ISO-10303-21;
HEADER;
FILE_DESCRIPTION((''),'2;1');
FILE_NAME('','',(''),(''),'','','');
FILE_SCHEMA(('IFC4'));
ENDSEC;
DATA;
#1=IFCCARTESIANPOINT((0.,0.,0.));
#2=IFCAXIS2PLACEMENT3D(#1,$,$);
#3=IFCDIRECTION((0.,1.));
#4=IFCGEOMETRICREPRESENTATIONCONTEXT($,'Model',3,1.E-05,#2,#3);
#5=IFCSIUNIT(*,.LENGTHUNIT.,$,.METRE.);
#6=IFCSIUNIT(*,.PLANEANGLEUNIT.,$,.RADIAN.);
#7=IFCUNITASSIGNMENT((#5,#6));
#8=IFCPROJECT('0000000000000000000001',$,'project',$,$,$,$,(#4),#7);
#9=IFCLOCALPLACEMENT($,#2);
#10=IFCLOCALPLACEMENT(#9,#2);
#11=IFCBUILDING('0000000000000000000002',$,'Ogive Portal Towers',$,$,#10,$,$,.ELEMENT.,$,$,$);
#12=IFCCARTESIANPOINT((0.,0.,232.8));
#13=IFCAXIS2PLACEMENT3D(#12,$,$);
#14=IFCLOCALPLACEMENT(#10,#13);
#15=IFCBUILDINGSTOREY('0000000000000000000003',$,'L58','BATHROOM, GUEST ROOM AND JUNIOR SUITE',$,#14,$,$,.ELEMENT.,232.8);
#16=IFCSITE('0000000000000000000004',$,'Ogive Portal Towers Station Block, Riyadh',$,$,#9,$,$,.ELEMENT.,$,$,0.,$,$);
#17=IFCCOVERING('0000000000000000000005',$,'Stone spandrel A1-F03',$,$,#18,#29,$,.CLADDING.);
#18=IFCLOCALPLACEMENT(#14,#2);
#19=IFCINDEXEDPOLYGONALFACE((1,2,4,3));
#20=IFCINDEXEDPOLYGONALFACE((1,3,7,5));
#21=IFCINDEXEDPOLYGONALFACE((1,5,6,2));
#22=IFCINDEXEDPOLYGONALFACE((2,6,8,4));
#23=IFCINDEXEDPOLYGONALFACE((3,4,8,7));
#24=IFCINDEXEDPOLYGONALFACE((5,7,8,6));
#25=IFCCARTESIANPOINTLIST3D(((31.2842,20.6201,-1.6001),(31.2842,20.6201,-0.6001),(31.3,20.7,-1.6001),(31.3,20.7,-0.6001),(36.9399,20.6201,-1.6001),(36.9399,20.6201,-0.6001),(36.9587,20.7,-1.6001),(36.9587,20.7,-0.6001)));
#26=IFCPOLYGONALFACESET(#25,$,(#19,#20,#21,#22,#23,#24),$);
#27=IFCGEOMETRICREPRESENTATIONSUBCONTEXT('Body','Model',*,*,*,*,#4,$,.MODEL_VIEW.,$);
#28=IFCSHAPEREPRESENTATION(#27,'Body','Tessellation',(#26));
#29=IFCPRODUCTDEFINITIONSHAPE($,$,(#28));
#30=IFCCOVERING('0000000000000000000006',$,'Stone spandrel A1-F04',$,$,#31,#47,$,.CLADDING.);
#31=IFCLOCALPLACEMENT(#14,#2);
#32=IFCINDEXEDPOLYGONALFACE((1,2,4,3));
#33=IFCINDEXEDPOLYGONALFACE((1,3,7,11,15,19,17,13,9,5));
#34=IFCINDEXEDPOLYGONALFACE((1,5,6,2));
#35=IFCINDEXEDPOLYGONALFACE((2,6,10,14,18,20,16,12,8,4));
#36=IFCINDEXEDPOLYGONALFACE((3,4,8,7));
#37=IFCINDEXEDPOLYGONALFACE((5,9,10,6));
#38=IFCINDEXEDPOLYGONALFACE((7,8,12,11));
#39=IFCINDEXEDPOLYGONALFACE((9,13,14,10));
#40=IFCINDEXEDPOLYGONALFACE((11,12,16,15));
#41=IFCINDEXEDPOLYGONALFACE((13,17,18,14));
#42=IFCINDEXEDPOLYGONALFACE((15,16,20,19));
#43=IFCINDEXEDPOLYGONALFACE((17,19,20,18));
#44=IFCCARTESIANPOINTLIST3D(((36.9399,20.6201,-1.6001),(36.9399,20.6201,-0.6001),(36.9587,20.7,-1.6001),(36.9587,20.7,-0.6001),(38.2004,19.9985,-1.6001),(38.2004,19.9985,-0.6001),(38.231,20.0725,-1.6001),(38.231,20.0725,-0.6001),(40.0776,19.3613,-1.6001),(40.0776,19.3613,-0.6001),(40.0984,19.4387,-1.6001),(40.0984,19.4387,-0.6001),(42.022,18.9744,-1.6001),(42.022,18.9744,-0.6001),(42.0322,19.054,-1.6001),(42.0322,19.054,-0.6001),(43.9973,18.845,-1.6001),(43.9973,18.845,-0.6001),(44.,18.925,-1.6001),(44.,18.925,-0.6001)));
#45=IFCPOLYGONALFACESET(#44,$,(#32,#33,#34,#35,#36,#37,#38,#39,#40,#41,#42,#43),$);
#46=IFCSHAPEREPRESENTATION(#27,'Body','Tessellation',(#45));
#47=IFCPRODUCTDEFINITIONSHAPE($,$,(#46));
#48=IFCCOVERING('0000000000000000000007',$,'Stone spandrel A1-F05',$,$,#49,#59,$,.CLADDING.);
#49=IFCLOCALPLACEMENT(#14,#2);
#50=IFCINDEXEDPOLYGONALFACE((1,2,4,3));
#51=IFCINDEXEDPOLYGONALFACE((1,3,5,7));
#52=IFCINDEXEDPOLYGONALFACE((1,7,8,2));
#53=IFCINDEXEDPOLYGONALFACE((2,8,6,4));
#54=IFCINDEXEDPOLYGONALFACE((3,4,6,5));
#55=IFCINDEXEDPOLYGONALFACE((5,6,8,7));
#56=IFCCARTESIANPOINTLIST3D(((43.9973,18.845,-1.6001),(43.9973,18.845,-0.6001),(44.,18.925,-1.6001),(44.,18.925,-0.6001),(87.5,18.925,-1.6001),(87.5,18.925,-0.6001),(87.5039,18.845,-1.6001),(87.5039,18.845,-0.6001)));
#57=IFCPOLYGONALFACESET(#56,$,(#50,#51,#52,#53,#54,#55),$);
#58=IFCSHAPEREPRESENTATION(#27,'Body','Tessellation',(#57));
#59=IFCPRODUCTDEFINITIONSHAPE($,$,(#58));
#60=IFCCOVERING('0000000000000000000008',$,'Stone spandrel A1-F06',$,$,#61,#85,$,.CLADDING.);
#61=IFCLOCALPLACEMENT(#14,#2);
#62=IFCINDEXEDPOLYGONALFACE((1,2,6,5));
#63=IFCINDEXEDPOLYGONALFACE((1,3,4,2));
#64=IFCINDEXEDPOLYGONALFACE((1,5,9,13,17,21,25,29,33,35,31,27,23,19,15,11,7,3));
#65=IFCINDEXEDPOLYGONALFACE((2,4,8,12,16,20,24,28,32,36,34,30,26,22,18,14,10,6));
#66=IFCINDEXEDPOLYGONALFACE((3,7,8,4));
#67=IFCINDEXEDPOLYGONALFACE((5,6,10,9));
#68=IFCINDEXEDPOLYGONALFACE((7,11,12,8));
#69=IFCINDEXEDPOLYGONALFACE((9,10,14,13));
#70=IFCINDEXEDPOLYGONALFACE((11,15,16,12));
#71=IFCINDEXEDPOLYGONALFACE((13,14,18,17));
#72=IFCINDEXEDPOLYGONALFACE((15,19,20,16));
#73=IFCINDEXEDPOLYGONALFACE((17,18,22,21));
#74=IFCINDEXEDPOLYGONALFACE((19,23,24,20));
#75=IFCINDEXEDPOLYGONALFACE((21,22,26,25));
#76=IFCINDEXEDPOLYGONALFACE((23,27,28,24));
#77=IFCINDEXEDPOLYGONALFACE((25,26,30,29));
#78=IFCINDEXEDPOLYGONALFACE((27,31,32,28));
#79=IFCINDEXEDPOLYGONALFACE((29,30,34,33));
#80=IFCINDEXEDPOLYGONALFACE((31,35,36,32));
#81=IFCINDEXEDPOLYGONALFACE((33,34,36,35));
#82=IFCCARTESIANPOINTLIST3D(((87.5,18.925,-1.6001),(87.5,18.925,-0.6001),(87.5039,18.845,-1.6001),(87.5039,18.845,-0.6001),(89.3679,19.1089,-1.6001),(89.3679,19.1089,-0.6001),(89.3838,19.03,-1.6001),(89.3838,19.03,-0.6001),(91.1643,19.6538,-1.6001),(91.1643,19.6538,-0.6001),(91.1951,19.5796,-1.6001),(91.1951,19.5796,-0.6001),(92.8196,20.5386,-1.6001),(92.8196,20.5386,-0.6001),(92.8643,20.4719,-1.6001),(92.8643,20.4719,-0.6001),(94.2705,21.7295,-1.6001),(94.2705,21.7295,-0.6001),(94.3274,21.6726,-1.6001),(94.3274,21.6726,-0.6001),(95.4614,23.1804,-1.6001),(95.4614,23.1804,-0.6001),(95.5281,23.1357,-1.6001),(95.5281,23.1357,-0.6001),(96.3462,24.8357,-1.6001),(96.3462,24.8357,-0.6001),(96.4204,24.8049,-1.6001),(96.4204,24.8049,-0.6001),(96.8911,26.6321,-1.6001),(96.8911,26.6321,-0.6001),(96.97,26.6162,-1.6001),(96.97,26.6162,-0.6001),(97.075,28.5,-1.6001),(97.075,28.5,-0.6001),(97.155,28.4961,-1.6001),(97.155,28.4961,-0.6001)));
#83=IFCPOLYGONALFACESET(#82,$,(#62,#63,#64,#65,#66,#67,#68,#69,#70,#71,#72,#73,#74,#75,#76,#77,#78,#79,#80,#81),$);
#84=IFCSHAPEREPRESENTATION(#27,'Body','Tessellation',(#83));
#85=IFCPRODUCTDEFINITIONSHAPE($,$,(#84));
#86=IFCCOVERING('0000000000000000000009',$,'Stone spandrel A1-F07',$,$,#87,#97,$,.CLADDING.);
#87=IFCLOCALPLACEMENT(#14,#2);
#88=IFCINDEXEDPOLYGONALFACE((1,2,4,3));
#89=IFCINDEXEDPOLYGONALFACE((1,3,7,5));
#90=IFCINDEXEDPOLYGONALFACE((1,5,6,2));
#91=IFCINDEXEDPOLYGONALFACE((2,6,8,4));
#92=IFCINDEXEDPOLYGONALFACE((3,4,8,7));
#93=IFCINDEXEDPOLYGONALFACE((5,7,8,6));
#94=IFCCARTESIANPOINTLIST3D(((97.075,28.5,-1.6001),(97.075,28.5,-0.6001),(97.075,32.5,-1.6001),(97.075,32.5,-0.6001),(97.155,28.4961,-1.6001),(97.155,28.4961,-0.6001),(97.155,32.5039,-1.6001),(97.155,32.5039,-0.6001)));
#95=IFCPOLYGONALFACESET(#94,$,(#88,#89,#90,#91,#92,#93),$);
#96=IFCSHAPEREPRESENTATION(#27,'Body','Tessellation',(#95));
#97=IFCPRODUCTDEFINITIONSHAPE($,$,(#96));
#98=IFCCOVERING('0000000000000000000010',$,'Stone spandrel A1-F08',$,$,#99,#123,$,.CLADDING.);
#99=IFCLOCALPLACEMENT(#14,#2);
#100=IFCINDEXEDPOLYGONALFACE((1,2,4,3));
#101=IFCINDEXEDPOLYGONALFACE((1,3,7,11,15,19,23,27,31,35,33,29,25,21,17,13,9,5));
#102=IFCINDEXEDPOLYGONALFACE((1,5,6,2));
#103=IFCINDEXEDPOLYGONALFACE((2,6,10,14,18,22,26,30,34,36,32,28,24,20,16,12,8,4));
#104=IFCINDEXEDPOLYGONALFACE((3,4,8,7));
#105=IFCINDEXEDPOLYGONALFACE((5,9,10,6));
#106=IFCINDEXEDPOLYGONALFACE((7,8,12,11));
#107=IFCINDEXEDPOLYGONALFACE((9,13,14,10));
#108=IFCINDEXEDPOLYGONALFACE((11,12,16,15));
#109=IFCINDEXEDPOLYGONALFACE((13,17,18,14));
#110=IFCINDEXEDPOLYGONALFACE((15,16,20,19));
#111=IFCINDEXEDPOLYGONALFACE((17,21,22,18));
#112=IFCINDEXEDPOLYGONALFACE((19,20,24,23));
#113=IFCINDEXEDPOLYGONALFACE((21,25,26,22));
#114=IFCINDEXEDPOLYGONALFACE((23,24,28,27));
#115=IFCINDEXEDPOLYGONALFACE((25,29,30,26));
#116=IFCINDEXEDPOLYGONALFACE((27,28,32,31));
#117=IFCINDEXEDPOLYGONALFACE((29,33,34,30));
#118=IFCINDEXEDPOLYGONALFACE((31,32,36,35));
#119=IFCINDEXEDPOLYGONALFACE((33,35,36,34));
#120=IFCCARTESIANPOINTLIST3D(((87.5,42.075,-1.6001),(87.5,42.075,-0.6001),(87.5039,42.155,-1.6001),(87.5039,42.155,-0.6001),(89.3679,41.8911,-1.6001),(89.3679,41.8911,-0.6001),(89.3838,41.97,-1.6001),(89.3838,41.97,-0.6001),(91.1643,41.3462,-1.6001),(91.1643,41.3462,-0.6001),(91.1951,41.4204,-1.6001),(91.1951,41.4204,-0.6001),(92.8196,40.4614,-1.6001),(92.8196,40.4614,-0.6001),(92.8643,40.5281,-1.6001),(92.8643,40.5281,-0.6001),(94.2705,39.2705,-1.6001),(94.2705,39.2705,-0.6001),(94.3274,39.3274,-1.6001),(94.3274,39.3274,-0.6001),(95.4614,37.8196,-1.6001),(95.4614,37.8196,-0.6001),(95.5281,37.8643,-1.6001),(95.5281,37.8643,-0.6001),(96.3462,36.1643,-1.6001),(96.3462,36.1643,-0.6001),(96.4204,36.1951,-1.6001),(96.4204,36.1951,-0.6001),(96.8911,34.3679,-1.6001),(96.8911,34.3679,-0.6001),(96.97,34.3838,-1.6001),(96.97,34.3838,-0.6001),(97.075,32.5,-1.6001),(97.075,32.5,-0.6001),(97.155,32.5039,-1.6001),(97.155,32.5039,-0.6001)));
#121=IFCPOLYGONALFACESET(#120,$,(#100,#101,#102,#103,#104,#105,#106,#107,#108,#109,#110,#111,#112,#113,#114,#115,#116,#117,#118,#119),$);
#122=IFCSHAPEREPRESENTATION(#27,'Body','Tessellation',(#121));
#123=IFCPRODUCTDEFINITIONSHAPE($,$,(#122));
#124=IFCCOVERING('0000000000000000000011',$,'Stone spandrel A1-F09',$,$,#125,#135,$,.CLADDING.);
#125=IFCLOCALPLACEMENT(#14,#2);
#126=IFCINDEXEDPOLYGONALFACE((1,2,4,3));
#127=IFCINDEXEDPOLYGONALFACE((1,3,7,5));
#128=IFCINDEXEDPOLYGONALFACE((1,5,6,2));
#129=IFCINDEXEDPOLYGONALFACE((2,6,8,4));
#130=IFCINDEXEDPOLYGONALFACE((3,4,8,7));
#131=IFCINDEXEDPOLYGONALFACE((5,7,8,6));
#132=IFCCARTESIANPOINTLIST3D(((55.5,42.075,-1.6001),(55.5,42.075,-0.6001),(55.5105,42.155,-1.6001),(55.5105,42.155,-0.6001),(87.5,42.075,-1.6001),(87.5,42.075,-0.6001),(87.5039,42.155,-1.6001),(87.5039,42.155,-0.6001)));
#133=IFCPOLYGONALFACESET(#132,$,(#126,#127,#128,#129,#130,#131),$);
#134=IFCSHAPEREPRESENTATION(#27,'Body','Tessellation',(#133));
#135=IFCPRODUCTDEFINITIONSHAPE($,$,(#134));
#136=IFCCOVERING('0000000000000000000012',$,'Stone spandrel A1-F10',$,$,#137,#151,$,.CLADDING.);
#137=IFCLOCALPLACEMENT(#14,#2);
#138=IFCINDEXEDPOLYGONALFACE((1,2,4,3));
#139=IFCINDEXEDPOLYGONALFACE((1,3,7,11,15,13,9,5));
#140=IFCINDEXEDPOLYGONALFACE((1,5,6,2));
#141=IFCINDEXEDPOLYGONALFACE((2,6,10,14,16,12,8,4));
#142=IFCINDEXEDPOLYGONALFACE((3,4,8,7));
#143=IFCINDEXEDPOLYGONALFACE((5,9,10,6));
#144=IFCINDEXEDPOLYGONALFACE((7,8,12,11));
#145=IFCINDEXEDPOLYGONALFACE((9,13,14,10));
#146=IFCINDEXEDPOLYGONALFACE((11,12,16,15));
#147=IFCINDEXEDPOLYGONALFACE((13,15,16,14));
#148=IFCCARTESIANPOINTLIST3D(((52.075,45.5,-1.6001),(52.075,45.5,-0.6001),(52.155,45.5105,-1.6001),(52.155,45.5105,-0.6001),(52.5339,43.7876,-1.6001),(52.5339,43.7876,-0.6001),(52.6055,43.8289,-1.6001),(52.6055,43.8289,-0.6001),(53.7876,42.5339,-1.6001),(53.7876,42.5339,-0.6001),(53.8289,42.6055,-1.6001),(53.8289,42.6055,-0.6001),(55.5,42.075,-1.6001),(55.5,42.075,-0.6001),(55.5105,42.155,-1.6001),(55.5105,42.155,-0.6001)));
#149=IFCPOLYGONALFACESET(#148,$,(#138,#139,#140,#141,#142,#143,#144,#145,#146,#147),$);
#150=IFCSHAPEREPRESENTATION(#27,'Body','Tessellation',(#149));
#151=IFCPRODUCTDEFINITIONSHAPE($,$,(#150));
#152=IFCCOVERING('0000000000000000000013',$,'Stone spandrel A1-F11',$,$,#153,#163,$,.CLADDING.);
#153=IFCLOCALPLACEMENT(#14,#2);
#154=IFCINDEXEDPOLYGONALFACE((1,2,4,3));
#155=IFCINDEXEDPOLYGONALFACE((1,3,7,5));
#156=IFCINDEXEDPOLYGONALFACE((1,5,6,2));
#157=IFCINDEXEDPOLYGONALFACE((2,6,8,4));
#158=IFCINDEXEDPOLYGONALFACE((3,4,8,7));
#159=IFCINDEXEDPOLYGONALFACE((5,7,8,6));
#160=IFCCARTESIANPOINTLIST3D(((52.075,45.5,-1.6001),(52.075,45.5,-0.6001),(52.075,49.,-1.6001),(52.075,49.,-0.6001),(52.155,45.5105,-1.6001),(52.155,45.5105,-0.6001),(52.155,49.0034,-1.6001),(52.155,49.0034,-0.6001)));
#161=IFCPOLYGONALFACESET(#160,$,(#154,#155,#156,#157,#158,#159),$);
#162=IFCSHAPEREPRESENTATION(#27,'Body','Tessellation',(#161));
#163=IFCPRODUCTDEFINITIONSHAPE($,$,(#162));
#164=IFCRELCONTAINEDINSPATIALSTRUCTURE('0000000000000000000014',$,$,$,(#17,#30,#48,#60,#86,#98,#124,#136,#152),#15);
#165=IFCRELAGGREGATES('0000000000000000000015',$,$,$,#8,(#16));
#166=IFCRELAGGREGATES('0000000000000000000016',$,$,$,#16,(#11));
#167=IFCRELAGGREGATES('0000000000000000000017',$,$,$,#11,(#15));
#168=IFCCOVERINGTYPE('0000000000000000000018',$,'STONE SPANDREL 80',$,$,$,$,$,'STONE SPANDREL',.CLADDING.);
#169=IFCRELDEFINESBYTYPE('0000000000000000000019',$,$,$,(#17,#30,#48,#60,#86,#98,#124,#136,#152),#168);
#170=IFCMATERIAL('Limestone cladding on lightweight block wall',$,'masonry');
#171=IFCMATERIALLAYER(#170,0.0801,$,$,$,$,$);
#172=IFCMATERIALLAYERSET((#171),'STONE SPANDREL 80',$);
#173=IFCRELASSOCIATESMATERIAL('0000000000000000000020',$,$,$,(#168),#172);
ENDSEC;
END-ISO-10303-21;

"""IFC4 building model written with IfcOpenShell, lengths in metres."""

from ifc_helpers import new_model, si_unit, direction, frame, origin, place, context, subcontext, project, spatial, polyline, outline, extrude, material, layer, layer_set, type_object, element, save


model = new_model("IFC4")

# Units and contexts
model_context = context("Model", 3, precision=1e-05, world=origin(), true_north=direction((0.0, 1.0)))
body_context = subcontext(model_context, "Body", "Model", "MODEL_VIEW")
ifc_project = project(units=[si_unit("LENGTHUNIT", "METRE"), si_unit("PLANEANGLEUNIT", "RADIAN")], contexts=[model_context])

# Site, building, storey
site_placement = place(None, origin())
site = spatial("IfcSite", under=ifc_project, at=site_placement, Name="Ogive Portal Towers Station Block, Riyadh", CompositionType="ELEMENT", RefElevation=0.0)
building_placement = place(site_placement, origin())
building = spatial("IfcBuilding", under=site, at=building_placement, Name="Ogive Portal Towers", CompositionType="ELEMENT")
storey_placement = place(building_placement, frame((0.0, 0.0, 232.8)))
storey = spatial("IfcBuildingStorey", under=building, at=storey_placement, Name="L58", Description="BATHROOM, GUEST ROOM AND JUNIOR SUITE", CompositionType="ELEMENT", Elevation=232.8)

# Coverings
ifc_material_1 = material(Name="Limestone cladding on lightweight block wall", Category="masonry")
ifc_layer_1 = layer(ifc_material_1, 0.0801)
ifc_layer_set_1 = layer_set([ifc_layer_1], Name="STONE SPANDREL 80")
covering_type_1 = type_object("IfcCoveringType", Name="STONE SPANDREL 80", ElementType="STONE SPANDREL", PredefinedType="CLADDING", material=ifc_layer_set_1)
covering_1_placement = place(storey_placement, frame((0.0, 0.0, -1.6001)))
element("IfcCovering", 1, at=covering_1_placement, inside=storey, type_object=covering_type_1, Name="Stone spandrel A1-F03", PredefinedType="CLADDING", context=body_context, shape_type="SweptSolid", body=[
    extrude(outline(polyline([(31.3, 20.7), (36.9587, 20.7), (36.9399, 20.6201), (31.2842, 20.6201), (31.3, 20.7)])), origin(), (0.0, 0.0, 1.0), 1.0),
])
covering_2_placement = place(storey_placement, frame((0.0, 0.0, -1.6001)))
element("IfcCovering", 2, at=covering_2_placement, inside=storey, type_object=covering_type_1, Name="Stone spandrel A1-F04", PredefinedType="CLADDING", context=body_context, shape_type="SweptSolid", body=[
    extrude(outline(polyline([(36.9587, 20.7), (38.231, 20.0725), (40.0984, 19.4387), (42.0322, 19.054), (44.0, 18.925), (43.9973, 18.845), (42.022, 18.9744), (40.0776, 19.3613), (38.2004, 19.9985), (36.9399, 20.6201), (36.9587, 20.7)])), origin(), (0.0, 0.0, 1.0), 1.0),
])
covering_3_placement = place(storey_placement, frame((0.0, 0.0, -1.6001)))
element("IfcCovering", 3, at=covering_3_placement, inside=storey, type_object=covering_type_1, Name="Stone spandrel A1-F05", PredefinedType="CLADDING", context=body_context, shape_type="SweptSolid", body=[
    extrude(outline(polyline([(44.0, 18.925), (87.5, 18.925), (87.5039, 18.845), (43.9973, 18.845), (44.0, 18.925)])), origin(), (0.0, 0.0, 1.0), 1.0),
])
covering_4_placement = place(storey_placement, frame((0.0, 0.0, -1.6001)))
element("IfcCovering", 4, at=covering_4_placement, inside=storey, type_object=covering_type_1, Name="Stone spandrel A1-F06", PredefinedType="CLADDING", context=body_context, shape_type="SweptSolid", body=[
    extrude(outline(polyline([(87.5, 18.925), (89.3679, 19.1089), (91.1643, 19.6538), (92.8196, 20.5386), (94.2705, 21.7295), (95.4614, 23.1804), (96.3462, 24.8357), (96.8911, 26.6321), (97.075, 28.5), (97.155, 28.4961), (96.97, 26.6162), (96.4204, 24.8049), (95.5281, 23.1357), (94.3274, 21.6726), (92.8643, 20.4719), (91.1951, 19.5796), (89.3838, 19.03), (87.5039, 18.845), (87.5, 18.925)])), origin(), (0.0, 0.0, 1.0), 1.0),
])
covering_5_placement = place(storey_placement, frame((0.0, 0.0, -1.6001)))
element("IfcCovering", 5, at=covering_5_placement, inside=storey, type_object=covering_type_1, Name="Stone spandrel A1-F07", PredefinedType="CLADDING", context=body_context, shape_type="SweptSolid", body=[
    extrude(outline(polyline([(97.075, 28.5), (97.075, 32.5), (97.155, 32.5039), (97.155, 28.4961), (97.075, 28.5)])), origin(), (0.0, 0.0, 1.0), 1.0),
])
covering_6_placement = place(storey_placement, frame((0.0, 0.0, -1.6001)))
element("IfcCovering", 6, at=covering_6_placement, inside=storey, type_object=covering_type_1, Name="Stone spandrel A1-F08", PredefinedType="CLADDING", context=body_context, shape_type="SweptSolid", body=[
    extrude(outline(polyline([(97.075, 32.5), (96.8911, 34.3679), (96.3462, 36.1643), (95.4614, 37.8196), (94.2705, 39.2705), (92.8196, 40.4614), (91.1643, 41.3462), (89.3679, 41.8911), (87.5, 42.075), (87.5039, 42.155), (89.3838, 41.97), (91.1951, 41.4204), (92.8643, 40.5281), (94.3274, 39.3274), (95.5281, 37.8643), (96.4204, 36.1951), (96.97, 34.3838), (97.155, 32.5039), (97.075, 32.5)])), origin(), (0.0, 0.0, 1.0), 1.0),
])
covering_7_placement = place(storey_placement, frame((0.0, 0.0, -1.6001)))
element("IfcCovering", 7, at=covering_7_placement, inside=storey, type_object=covering_type_1, Name="Stone spandrel A1-F09", PredefinedType="CLADDING", context=body_context, shape_type="SweptSolid", body=[
    extrude(outline(polyline([(87.5, 42.075), (55.5, 42.075), (55.5105, 42.155), (87.5039, 42.155), (87.5, 42.075)])), origin(), (0.0, 0.0, 1.0), 1.0),
])
covering_8_placement = place(storey_placement, frame((0.0, 0.0, -1.6001)))
element("IfcCovering", 8, at=covering_8_placement, inside=storey, type_object=covering_type_1, Name="Stone spandrel A1-F10", PredefinedType="CLADDING", context=body_context, shape_type="SweptSolid", body=[
    extrude(outline(polyline([(55.5, 42.075), (53.7876, 42.5339), (52.5339, 43.7876), (52.075, 45.5), (52.155, 45.5105), (52.6055, 43.8289), (53.8289, 42.6055), (55.5105, 42.155), (55.5, 42.075)])), origin(), (0.0, 0.0, 1.0), 1.0),
])
covering_9_placement = place(storey_placement, frame((0.0, 0.0, -1.6001)))
element("IfcCovering", 9, at=covering_9_placement, inside=storey, type_object=covering_type_1, Name="Stone spandrel A1-F11", PredefinedType="CLADDING", context=body_context, shape_type="SweptSolid", body=[
    extrude(outline(polyline([(52.075, 45.5), (52.075, 49.0), (52.155, 49.0034), (52.155, 45.5105), (52.075, 45.5)])), origin(), (0.0, 0.0, 1.0), 1.0),
])

save(model, "model.ifc")
